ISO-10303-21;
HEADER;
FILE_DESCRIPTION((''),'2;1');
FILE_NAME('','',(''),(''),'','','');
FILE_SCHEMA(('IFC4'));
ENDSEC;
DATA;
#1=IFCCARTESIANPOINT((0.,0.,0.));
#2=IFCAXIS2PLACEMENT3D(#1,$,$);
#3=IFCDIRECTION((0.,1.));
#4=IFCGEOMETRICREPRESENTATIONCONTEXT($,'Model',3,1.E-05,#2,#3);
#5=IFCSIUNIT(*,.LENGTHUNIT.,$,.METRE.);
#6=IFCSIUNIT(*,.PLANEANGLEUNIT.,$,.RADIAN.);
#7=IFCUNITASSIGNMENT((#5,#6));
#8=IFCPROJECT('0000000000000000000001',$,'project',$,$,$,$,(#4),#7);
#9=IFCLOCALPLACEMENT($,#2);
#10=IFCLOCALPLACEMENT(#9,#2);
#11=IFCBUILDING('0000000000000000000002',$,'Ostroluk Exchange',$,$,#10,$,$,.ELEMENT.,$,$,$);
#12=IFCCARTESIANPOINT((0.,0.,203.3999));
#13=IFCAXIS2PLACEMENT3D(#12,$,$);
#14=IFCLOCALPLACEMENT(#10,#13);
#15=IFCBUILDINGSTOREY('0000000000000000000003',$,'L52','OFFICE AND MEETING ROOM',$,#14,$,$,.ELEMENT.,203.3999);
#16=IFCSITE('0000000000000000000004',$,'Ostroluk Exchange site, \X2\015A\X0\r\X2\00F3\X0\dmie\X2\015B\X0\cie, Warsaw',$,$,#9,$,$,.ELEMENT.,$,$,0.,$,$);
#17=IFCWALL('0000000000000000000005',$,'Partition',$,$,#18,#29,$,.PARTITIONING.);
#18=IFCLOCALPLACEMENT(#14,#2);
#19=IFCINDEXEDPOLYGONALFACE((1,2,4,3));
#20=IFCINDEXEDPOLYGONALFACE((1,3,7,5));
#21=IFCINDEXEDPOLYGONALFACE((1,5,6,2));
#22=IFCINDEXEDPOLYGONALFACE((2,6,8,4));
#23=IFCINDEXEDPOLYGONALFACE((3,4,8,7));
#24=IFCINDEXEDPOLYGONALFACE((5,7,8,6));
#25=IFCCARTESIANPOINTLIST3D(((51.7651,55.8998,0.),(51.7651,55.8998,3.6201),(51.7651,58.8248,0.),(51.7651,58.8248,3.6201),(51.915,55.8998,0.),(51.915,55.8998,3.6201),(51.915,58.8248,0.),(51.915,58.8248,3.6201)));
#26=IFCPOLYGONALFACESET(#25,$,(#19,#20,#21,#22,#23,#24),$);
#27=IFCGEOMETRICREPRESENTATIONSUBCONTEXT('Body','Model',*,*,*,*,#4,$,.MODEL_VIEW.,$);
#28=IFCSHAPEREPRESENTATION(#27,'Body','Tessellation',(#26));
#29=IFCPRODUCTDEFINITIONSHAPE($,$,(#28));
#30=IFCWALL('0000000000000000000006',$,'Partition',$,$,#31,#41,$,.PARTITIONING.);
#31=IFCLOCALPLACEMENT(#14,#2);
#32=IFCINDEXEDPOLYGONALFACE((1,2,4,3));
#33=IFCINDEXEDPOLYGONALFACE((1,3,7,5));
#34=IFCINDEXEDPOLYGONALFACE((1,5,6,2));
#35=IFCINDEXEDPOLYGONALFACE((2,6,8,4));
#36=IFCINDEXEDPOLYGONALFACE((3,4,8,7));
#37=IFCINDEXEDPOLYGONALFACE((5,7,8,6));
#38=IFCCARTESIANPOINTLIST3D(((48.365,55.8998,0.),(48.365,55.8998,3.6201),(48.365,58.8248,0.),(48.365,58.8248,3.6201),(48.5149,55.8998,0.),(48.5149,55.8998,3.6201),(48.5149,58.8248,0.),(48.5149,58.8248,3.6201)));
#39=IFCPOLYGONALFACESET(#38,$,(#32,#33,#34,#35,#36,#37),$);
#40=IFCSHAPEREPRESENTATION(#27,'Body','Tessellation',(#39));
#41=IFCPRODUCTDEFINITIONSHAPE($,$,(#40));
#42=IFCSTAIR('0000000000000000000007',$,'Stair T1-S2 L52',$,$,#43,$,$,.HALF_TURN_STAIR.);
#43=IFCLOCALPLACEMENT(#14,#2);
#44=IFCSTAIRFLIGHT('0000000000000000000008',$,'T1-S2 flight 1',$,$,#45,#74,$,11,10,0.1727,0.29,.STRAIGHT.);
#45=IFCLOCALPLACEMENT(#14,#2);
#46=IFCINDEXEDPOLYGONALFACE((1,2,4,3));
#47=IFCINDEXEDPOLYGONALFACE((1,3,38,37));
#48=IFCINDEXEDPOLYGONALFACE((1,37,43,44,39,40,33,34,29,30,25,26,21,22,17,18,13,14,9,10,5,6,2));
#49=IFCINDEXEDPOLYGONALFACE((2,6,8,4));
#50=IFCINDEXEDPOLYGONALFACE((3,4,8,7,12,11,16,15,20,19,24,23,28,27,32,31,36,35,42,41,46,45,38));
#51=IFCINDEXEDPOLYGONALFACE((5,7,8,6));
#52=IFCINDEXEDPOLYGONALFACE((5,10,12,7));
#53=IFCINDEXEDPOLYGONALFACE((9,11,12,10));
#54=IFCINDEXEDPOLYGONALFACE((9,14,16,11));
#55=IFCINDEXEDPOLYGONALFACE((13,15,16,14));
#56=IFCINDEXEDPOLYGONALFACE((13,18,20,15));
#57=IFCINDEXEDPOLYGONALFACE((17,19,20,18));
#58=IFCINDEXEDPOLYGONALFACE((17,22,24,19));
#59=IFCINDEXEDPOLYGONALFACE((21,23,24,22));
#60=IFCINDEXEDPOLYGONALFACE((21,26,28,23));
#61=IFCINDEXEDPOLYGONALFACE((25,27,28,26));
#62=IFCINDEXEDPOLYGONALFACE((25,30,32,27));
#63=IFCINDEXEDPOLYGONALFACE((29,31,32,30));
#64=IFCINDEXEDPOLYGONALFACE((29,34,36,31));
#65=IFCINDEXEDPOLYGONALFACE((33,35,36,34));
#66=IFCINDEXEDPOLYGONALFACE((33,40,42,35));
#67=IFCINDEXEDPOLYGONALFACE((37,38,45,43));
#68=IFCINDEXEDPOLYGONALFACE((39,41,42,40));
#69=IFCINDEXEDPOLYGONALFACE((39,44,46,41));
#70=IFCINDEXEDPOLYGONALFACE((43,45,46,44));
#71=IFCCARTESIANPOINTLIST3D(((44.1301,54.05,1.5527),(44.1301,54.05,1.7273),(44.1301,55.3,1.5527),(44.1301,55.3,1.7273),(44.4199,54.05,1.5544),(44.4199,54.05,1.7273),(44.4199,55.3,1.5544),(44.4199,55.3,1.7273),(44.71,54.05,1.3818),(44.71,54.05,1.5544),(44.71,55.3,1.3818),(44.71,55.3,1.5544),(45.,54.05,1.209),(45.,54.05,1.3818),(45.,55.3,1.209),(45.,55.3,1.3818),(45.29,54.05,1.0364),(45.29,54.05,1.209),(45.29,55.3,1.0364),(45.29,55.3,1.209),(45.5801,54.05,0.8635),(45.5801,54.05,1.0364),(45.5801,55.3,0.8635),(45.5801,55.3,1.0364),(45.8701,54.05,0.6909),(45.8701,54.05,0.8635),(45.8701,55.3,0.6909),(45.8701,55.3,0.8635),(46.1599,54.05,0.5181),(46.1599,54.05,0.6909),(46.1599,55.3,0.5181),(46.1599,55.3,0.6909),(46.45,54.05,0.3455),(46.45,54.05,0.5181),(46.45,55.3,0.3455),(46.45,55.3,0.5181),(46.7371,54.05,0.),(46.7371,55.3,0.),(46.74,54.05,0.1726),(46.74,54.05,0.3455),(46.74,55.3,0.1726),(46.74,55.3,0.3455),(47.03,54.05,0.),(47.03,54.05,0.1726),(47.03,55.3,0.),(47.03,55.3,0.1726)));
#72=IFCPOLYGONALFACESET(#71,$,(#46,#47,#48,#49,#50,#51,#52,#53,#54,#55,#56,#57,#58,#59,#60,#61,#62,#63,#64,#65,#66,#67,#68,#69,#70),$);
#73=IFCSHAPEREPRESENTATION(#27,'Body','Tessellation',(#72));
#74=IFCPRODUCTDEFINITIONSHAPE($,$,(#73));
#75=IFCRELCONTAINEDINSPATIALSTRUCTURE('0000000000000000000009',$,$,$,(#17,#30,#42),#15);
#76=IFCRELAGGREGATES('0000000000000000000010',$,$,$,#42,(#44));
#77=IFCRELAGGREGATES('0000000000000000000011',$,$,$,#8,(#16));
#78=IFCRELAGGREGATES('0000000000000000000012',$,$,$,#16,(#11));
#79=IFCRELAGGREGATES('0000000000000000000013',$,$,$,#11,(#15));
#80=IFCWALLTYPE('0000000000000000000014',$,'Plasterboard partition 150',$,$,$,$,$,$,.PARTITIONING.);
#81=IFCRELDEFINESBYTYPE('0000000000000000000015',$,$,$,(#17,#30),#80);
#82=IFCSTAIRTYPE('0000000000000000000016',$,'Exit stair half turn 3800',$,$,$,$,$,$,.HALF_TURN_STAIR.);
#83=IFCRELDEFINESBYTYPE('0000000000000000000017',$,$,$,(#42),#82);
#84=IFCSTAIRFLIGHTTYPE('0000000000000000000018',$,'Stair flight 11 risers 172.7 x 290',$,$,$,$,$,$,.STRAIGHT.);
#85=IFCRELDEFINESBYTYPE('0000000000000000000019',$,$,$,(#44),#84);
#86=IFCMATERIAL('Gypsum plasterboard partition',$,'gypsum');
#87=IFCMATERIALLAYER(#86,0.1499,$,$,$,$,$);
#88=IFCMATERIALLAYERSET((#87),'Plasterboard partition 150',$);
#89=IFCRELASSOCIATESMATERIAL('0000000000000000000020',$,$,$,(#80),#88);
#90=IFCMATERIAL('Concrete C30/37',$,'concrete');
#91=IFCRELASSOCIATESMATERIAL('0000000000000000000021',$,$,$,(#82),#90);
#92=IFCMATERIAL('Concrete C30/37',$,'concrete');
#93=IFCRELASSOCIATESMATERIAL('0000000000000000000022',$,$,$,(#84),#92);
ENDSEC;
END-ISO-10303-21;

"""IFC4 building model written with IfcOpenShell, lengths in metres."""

from ifc_helpers import new_model, si_unit, direction, frame, frame_2d, origin, place, context, subcontext, project, spatial, polyline, rectangle, outline, extrude, material, layer, layer_set, type_object, element, aggregate, save


model = new_model("IFC4")

# Units and contexts
model_context = context("Model", 3, precision=1e-05, world=origin(), true_north=direction((0.0, 1.0)))
body_context = subcontext(model_context, "Body", "Model", "MODEL_VIEW")
ifc_project = project(units=[si_unit("LENGTHUNIT", "METRE"), si_unit("PLANEANGLEUNIT", "RADIAN")], contexts=[model_context])

# Site, building, storey
site_placement = place(None, origin())
site = spatial("IfcSite", under=ifc_project, at=site_placement, Name="Ostroluk Exchange site, Śródmieście, Warsaw", CompositionType="ELEMENT", RefElevation=0.0)
building_placement = place(site_placement, origin())
building = spatial("IfcBuilding", under=site, at=building_placement, Name="Ostroluk Exchange", CompositionType="ELEMENT")
storey_placement = place(building_placement, frame((0.0, 0.0, 203.3999)))
storey = spatial("IfcBuildingStorey", under=building, at=storey_placement, Name="L52", Description="OFFICE AND MEETING ROOM", CompositionType="ELEMENT", Elevation=203.3999)

# Walls
ifc_material_1 = material(Name="Gypsum plasterboard partition", Category="gypsum")
ifc_layer_1 = layer(ifc_material_1, 0.1499)
ifc_layer_set_1 = layer_set([ifc_layer_1], Name="Plasterboard partition 150")
wall_type_1 = type_object("IfcWallType", Name="Plasterboard partition 150", PredefinedType="PARTITIONING", material=ifc_layer_set_1)
for number, where, z_axis, x_axis, name in (
    (1, (51.8401, 55.8999, 0.0), (0.0, 0.0, 1.0), (0.0, 1.0, 0.0), "Partition"),
    (2, (48.4399, 55.8999, 0.0), (0.0, 0.0, 1.0), (0.0, 1.0, 0.0), "Partition"),
):
    element("IfcWall", number, at=place(storey_placement, frame(where, z_axis=z_axis, x_axis=x_axis)), inside=storey, type_object=wall_type_1, Name=name, PredefinedType="PARTITIONING", context=body_context, shape_type="SweptSolid", body=[
        extrude(rectangle(XDim=2.925, YDim=0.1499, at=frame_2d((1.4624, 0.0))), origin(), (0.0, 0.0, 1.0), 3.6201),
    ])

# Stair, stair flight
ifc_material_2 = material(Name="Concrete C30/37", Category="concrete")
stair_type = type_object("IfcStairType", Name="Exit stair half turn 3800", PredefinedType="HALF_TURN_STAIR", material=ifc_material_2)
stair_placement = place(storey_placement, origin())
stair = element("IfcStair", 3, at=stair_placement, inside=storey, type_object=stair_type, Name="Stair T1-S2 L52", PredefinedType="HALF_TURN_STAIR")
ifc_material_3 = material(Name="Concrete C30/37", Category="concrete")
stair_flight_type = type_object("IfcStairFlightType", Name="Stair flight 11 risers 172.7 x 290", PredefinedType="STRAIGHT", material=ifc_material_3)
stair_flight_placement = place(storey_placement, frame((47.03, 54.675, 0.0), z_axis=(0.0, 0.0, 1.0), x_axis=(-1.0, 0.0, 0.0)))
stair_flight = element("IfcStairFlight", 4, at=stair_flight_placement, type_object=stair_flight_type, Name="T1-S2 flight 1", NumberOfRisers=11, NumberOfTreads=10, PredefinedType="STRAIGHT", RiserHeight=0.1727, TreadLength=0.29, context=body_context, shape_type="SweptSolid", body=[
    extrude(outline(polyline([(0.0, 0.0), (0.0, 0.1726), (0.29, 0.1726), (0.29, 0.3455), (0.5801, 0.3455), (0.5801, 0.5181), (0.8701, 0.5181), (0.8701, 0.6909), (1.1599, 0.6909), (1.1599, 0.8635), (1.45, 0.8635), (1.45, 1.0364), (1.74, 1.0364), (1.74, 1.209), (2.03, 1.209), (2.03, 1.3818), (2.3201, 1.3818), (2.3201, 1.5544), (2.6101, 1.5544), (2.6101, 1.7273), (2.8999, 1.7273), (2.8999, 1.8999), (2.8999, 1.5527), (0.293, 0.0), (0.0, 0.0)])), frame((0.0, 0.625, 0.0), z_axis=(0.0, -1.0, 0.0), x_axis=(1.0, 0.0, 0.0)), (0.0, 0.0, 1.0), 1.25),
])
aggregate(stair, [stair_flight])

save(model, "model.ifc")
